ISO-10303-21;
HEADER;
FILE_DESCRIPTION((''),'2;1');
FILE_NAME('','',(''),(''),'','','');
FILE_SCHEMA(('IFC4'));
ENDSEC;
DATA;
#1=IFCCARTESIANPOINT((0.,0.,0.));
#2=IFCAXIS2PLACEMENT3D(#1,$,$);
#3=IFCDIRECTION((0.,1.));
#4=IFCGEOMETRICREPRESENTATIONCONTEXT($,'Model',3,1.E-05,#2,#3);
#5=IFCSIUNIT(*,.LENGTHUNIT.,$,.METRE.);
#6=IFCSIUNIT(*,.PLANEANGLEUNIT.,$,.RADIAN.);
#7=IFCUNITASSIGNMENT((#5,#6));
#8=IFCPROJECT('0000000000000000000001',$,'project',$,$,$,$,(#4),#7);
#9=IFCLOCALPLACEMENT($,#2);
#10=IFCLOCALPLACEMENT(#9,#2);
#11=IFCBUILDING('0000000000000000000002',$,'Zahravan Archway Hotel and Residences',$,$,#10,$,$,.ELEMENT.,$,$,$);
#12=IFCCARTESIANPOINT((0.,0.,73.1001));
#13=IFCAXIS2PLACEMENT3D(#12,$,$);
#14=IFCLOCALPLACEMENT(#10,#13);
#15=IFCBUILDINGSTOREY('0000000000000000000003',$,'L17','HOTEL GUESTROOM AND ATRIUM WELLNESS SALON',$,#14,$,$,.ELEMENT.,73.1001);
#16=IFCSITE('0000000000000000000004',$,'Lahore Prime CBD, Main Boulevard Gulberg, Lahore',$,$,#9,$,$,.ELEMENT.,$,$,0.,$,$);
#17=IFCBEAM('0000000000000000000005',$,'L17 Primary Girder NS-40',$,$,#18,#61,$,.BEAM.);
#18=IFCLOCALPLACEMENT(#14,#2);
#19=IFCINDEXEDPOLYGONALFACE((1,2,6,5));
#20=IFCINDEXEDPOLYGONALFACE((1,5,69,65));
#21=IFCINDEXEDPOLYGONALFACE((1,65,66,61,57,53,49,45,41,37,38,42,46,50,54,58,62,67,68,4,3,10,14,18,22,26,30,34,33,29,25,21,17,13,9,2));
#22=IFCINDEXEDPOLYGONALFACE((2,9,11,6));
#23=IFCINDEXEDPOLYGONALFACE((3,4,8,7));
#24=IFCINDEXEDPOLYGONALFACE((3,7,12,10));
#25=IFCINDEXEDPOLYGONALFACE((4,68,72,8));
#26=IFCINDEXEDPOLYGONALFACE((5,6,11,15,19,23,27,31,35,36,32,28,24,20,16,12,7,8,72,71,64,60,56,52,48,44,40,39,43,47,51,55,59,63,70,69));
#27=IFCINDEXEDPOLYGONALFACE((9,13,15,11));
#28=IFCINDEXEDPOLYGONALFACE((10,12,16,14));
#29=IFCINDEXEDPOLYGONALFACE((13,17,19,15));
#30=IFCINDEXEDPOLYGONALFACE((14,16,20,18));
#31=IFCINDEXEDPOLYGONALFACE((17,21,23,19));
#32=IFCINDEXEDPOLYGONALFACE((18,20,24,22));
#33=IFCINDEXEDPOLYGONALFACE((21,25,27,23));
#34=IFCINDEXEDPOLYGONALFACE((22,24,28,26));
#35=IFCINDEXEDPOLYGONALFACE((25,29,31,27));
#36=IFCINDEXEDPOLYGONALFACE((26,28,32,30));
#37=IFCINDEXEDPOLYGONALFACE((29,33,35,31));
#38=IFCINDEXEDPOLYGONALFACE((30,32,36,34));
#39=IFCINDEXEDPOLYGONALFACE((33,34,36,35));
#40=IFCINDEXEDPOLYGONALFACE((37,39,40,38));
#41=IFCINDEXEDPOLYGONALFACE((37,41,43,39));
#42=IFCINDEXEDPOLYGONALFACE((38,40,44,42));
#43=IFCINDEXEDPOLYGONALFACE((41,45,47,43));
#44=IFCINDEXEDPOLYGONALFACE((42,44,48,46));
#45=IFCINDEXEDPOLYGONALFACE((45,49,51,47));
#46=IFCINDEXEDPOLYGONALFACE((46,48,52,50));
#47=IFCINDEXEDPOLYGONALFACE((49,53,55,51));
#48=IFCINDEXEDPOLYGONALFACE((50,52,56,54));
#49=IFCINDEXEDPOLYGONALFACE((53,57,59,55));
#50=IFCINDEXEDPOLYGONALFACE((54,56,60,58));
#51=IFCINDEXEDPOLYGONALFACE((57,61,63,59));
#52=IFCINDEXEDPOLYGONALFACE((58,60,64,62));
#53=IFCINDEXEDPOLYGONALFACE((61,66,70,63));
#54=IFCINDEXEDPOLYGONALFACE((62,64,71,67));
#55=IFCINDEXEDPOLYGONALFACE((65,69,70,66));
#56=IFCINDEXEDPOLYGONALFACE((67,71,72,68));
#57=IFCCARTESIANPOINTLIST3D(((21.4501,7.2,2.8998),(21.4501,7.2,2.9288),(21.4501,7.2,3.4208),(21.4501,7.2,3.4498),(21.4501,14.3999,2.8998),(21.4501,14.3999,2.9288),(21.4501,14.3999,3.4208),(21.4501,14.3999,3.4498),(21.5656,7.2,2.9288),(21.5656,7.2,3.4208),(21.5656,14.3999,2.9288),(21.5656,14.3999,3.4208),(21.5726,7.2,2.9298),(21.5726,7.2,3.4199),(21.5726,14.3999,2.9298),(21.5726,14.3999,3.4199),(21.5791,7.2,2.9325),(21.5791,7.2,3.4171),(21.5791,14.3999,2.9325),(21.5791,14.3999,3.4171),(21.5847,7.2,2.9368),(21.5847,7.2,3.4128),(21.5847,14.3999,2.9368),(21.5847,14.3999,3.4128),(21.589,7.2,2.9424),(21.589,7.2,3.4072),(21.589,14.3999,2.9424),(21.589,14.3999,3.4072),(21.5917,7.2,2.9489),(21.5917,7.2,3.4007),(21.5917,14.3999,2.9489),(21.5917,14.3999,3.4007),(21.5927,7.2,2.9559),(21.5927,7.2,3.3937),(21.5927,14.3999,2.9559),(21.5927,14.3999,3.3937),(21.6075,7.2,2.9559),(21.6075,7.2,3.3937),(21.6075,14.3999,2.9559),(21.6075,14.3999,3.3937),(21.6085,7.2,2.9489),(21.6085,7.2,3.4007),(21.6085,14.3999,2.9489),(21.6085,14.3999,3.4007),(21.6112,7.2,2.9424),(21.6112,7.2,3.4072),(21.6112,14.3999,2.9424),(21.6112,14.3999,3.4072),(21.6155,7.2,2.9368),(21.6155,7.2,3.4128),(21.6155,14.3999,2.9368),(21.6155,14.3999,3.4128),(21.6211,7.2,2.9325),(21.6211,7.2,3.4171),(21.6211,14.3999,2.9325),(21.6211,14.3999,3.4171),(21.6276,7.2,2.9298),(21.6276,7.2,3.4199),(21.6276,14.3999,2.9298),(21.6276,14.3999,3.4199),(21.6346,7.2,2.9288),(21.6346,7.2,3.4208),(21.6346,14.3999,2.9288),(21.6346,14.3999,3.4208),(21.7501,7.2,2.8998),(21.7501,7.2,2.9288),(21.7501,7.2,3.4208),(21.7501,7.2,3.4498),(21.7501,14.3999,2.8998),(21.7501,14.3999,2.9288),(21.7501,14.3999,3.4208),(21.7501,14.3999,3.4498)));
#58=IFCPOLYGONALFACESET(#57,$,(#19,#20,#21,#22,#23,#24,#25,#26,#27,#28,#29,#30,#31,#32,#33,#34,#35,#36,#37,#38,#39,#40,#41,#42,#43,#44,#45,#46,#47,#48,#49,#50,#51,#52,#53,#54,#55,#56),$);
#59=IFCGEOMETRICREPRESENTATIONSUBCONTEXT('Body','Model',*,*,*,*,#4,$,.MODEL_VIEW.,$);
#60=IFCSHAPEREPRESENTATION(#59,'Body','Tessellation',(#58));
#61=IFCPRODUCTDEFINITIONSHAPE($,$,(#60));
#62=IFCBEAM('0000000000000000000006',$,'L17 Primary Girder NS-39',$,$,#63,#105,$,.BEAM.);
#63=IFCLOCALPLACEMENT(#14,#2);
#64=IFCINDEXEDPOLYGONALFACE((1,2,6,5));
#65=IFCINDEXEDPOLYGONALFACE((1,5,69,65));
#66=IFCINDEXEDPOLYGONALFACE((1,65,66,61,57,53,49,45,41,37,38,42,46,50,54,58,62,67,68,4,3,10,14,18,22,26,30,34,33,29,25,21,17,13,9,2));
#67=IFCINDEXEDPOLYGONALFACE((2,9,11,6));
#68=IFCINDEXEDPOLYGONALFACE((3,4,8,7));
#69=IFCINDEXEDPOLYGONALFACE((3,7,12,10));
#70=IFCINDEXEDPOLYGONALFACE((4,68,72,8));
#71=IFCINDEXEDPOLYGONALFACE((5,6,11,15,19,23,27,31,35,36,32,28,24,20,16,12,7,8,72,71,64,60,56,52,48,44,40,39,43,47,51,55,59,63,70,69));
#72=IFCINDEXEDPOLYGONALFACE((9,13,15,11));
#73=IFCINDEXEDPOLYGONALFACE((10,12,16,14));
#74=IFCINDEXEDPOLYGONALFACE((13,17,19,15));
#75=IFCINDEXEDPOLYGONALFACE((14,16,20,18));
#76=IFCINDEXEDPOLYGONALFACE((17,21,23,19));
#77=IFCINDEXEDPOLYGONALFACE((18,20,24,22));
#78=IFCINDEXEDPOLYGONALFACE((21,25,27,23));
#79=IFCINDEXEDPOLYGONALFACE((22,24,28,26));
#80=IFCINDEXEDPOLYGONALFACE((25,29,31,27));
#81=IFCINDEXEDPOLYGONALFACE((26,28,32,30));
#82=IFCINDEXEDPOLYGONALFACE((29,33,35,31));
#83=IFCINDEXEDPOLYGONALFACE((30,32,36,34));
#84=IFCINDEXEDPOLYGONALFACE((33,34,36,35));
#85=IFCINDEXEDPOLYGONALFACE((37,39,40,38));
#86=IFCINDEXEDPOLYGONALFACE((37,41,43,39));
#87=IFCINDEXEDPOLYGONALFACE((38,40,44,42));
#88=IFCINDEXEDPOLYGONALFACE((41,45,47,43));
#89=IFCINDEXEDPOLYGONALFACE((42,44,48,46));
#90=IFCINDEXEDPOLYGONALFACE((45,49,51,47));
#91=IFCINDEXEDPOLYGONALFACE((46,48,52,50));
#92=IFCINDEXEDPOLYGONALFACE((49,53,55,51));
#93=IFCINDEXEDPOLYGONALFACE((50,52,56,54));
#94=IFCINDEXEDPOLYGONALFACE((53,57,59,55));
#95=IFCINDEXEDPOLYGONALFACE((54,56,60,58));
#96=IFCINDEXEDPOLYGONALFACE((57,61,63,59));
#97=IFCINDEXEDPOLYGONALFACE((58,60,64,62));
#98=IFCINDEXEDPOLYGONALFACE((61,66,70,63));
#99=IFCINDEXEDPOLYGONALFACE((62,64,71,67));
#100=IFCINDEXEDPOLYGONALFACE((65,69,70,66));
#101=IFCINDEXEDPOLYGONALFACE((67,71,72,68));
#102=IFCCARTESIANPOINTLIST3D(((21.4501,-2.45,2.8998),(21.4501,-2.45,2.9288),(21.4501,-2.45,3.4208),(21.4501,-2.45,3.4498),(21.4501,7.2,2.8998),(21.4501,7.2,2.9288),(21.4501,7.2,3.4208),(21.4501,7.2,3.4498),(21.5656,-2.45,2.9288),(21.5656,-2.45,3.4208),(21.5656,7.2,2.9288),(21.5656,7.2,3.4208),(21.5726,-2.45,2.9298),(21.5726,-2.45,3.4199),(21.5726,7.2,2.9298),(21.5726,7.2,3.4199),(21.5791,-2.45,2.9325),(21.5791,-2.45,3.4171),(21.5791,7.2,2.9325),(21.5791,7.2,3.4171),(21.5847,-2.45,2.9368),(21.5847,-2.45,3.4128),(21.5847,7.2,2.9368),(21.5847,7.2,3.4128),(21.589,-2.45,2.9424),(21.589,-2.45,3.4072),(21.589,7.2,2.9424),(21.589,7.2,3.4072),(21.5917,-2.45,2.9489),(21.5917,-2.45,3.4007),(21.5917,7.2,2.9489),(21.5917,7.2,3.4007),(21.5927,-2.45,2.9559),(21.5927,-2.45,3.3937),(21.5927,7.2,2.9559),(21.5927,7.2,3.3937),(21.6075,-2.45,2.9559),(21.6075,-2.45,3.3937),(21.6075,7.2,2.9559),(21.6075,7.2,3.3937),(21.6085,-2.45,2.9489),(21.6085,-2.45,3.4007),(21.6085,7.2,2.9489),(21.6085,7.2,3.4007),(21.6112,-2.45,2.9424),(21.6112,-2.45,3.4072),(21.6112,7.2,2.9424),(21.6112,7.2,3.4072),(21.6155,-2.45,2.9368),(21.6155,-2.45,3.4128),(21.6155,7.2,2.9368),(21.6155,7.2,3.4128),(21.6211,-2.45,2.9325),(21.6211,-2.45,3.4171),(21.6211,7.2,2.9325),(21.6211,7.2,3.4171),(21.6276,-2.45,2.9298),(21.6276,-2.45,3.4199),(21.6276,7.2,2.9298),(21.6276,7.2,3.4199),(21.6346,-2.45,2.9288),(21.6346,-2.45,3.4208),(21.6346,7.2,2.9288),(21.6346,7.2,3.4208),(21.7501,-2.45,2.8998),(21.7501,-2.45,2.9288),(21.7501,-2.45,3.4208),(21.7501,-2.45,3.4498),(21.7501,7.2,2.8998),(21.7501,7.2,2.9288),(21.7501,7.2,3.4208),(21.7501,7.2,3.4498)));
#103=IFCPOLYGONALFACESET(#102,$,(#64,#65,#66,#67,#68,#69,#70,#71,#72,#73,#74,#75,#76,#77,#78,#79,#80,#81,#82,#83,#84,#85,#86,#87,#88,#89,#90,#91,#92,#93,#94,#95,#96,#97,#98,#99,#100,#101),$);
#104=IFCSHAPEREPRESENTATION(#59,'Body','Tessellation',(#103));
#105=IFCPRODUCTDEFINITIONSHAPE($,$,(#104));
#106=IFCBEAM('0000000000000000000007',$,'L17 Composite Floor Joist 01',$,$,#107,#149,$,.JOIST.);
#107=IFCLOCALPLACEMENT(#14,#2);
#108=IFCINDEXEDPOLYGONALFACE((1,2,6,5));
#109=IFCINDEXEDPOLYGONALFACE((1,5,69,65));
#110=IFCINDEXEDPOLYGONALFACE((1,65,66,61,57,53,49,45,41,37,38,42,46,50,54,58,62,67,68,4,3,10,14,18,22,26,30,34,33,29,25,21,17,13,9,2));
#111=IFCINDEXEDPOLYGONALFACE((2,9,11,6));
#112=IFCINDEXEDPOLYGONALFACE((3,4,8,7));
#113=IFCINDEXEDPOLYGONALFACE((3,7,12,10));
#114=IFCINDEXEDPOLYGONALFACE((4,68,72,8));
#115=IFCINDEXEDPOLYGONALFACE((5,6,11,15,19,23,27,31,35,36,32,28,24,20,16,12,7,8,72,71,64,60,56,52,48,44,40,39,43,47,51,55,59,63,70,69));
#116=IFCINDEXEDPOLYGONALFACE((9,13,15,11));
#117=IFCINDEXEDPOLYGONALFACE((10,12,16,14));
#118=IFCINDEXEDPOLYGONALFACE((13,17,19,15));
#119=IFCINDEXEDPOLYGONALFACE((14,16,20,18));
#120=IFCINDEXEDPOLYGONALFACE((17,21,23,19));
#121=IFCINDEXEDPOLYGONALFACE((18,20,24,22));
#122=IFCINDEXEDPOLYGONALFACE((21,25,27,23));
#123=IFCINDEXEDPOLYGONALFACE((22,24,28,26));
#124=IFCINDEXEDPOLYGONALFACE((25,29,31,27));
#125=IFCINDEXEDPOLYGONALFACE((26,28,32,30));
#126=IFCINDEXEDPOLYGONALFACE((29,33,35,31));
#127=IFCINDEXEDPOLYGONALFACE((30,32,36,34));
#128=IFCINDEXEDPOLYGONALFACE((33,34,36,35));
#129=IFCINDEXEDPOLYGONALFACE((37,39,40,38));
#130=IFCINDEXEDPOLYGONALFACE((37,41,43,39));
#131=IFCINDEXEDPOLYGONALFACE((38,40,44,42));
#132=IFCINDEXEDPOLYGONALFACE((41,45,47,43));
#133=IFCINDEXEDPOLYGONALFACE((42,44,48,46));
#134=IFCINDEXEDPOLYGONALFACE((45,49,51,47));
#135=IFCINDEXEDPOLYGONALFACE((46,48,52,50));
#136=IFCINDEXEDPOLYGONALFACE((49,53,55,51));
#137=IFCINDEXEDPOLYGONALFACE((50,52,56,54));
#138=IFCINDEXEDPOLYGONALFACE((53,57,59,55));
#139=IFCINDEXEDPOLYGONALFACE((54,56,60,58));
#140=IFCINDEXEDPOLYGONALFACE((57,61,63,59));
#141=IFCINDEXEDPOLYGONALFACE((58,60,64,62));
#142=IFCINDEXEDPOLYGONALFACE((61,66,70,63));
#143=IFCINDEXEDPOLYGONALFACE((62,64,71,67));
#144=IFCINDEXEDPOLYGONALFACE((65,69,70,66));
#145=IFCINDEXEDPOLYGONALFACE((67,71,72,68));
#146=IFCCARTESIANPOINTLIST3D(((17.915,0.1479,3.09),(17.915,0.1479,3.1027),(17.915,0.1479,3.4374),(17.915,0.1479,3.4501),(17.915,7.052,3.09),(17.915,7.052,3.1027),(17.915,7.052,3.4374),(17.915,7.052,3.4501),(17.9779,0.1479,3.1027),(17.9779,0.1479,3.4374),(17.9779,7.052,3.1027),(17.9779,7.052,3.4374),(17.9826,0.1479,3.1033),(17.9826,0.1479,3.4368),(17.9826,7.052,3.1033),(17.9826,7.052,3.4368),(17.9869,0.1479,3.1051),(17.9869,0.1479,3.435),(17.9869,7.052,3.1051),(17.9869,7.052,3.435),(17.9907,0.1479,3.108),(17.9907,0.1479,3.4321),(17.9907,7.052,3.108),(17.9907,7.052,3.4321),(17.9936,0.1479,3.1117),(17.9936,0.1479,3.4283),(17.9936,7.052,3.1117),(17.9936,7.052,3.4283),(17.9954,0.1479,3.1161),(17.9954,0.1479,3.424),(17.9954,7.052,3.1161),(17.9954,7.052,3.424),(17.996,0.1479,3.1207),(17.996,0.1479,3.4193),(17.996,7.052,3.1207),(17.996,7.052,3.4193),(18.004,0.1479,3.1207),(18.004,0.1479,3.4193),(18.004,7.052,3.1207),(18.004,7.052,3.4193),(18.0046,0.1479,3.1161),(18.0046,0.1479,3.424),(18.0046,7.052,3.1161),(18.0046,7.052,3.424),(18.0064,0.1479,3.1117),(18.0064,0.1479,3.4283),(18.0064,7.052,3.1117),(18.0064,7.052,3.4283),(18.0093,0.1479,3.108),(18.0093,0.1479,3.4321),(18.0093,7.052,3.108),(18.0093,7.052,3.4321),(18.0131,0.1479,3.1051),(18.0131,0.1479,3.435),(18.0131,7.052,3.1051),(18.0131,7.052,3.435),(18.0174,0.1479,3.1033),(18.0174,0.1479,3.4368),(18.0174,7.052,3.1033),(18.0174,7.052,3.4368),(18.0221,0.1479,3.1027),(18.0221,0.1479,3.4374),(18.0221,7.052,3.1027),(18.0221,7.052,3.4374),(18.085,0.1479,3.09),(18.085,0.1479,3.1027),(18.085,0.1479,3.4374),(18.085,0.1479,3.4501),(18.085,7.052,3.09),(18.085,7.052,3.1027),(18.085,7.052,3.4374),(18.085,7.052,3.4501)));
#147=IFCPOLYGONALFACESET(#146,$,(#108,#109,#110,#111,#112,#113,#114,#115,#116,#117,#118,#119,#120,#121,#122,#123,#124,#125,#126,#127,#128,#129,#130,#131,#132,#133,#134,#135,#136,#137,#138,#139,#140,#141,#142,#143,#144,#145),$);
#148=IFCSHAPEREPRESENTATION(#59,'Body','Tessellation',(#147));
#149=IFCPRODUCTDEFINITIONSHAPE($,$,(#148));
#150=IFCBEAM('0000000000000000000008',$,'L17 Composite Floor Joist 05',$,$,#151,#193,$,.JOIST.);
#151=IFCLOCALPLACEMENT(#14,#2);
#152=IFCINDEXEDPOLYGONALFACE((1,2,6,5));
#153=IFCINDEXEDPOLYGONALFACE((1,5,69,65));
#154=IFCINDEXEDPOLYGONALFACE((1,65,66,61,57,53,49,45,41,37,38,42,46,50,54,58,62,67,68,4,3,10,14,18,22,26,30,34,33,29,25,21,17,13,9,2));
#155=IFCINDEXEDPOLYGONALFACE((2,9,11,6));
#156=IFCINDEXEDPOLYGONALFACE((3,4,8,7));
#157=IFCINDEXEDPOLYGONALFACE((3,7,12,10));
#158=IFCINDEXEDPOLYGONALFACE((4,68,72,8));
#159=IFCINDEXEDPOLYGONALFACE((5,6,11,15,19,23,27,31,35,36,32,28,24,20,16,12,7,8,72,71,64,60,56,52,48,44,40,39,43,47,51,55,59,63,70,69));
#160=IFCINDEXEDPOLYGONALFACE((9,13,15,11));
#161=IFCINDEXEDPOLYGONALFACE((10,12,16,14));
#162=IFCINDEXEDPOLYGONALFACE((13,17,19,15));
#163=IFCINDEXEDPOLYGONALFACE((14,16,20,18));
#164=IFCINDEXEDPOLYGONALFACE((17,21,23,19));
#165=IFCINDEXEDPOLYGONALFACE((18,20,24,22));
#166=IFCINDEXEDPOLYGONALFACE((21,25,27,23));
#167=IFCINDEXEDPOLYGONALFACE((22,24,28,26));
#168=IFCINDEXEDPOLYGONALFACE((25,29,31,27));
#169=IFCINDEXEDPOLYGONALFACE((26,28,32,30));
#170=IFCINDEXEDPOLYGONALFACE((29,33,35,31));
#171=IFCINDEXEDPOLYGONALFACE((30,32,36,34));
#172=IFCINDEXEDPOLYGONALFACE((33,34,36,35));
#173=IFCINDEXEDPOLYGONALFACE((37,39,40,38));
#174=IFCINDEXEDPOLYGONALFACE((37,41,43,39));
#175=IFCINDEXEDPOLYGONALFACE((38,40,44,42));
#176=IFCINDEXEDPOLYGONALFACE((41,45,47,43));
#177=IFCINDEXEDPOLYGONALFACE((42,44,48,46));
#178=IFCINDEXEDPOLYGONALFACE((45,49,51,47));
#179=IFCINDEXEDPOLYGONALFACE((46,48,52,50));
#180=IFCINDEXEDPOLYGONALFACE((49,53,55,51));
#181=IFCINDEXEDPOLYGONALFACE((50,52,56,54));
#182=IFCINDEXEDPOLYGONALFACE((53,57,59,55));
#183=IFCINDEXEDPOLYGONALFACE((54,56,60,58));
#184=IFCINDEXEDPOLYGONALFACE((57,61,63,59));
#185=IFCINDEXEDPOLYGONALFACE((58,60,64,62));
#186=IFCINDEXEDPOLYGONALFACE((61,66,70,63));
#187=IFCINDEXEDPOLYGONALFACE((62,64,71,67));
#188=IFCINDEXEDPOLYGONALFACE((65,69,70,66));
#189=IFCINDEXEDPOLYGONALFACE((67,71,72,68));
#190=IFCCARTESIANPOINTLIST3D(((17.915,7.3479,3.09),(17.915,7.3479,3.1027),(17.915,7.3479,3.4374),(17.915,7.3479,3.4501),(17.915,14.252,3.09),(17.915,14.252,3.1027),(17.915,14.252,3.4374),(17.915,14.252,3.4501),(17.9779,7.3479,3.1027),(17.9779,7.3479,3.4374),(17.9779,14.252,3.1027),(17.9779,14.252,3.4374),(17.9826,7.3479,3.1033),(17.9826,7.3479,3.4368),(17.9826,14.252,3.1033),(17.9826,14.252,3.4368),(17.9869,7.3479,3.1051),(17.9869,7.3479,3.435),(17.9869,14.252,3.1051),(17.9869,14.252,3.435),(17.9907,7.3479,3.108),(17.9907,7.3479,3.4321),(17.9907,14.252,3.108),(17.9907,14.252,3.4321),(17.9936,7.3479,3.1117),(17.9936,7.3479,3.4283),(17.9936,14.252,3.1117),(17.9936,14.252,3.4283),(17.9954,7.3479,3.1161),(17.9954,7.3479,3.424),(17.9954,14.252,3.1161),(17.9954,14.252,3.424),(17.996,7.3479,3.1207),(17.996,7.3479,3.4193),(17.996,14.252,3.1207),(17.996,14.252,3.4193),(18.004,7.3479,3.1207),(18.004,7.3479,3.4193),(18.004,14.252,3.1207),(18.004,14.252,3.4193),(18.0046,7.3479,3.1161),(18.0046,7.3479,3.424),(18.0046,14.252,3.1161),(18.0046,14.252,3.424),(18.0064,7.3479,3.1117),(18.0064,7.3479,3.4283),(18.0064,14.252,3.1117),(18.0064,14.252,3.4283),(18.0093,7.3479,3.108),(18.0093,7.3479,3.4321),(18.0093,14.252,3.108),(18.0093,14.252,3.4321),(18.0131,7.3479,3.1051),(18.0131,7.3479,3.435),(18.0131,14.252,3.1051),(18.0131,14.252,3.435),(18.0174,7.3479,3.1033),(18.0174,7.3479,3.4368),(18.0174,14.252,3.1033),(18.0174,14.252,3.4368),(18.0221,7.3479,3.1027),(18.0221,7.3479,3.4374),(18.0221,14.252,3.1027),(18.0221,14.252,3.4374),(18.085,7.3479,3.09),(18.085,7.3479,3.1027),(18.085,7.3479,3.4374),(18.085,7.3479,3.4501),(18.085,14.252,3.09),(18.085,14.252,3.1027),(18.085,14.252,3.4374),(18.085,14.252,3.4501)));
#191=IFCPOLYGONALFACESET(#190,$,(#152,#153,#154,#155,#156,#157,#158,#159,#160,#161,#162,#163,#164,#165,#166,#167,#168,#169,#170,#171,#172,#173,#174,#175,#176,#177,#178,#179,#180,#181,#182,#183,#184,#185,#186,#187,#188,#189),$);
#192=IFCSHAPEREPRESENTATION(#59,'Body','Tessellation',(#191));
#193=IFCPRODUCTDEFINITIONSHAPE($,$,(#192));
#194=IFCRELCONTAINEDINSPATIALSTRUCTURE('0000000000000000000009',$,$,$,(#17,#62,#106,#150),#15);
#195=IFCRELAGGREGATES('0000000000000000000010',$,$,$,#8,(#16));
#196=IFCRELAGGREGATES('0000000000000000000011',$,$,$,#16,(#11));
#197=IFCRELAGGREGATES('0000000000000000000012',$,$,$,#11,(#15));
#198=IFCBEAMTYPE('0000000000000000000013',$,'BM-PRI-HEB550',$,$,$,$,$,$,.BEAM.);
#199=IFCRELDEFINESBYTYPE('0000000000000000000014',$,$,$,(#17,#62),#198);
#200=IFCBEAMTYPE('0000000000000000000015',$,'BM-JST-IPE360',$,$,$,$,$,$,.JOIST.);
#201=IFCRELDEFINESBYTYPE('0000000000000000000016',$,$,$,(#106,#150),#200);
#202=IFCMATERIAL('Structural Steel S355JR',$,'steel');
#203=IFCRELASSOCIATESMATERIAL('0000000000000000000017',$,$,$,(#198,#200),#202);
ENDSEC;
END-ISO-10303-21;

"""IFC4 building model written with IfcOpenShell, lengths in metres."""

from ifc_helpers import new_model, si_unit, direction, frame, origin, origin_2d, place, context, subcontext, project, spatial, i_section, extrude, source, transform, mapped, material, material_profile, profile_set, type_object, type_shapes, element, save


model = new_model("IFC4")

# Units and contexts
model_context = context("Model", 3, precision=1e-05, world=origin(), true_north=direction((0.0, 1.0)))
body_context = subcontext(model_context, "Body", "Model", "MODEL_VIEW")
ifc_project = project(units=[si_unit("LENGTHUNIT", "METRE"), si_unit("PLANEANGLEUNIT", "RADIAN")], contexts=[model_context])

# Site, building, storey
site_placement = place(None, origin())
site = spatial("IfcSite", under=ifc_project, at=site_placement, Name="Lahore Prime CBD, Main Boulevard Gulberg, Lahore", CompositionType="ELEMENT", RefElevation=0.0)
building_placement = place(site_placement, origin())
building = spatial("IfcBuilding", under=site, at=building_placement, Name="Zahravan Archway Hotel and Residences", CompositionType="ELEMENT")
storey_placement = place(building_placement, frame((0.0, 0.0, 73.1001)))
storey = spatial("IfcBuildingStorey", under=building, at=storey_placement, Name="L17", Description="HOTEL GUESTROOM AND ATRIUM WELLNESS SALON", CompositionType="ELEMENT", Elevation=73.1001)

# Beams
ifc_material_1 = material(Name="Structural Steel S355JR", Category="steel")
ifc_material_profile_1 = material_profile(ifc_material_1, i_section(OverallWidth=0.3, OverallDepth=0.55, WebThickness=0.0149, FlangeThickness=0.0291, FilletRadius=0.0271, at=origin_2d()), Name="HEB 550", Category="steel")
ifc_profile_set_1 = profile_set([ifc_material_profile_1], Name="Structural Steel S355JR")
beam_type_1 = type_object("IfcBeamType", Name="BM-PRI-HEB550", PredefinedType="BEAM", material=ifc_profile_set_1)
shared_shape_1 = source(origin(), body_context, "Body", "SweptSolid", [
    extrude(i_section(OverallWidth=0.3, OverallDepth=0.55, WebThickness=0.0149, FlangeThickness=0.0291, FilletRadius=0.0271, at=origin_2d()), origin(), (0.0, 0.0, 1.0), 7.2),
])
for number, where, z_axis, x_axis, name in (
    (1, (21.6001, 7.2, 3.1748), (0.0, 1.0, 0.0), (-1.0, 0.0, 0.0), "L17 Primary Girder NS-40"),
):
    element("IfcBeam", number, at=place(storey_placement, frame(where, z_axis=z_axis, x_axis=x_axis)), inside=storey, type_object=beam_type_1, Name=name, PredefinedType="BEAM", context=body_context, shape_type="MappedRepresentation", body=[
        mapped(shared_shape_1, transform((0.0, 0.0, 0.0), scale=1.0)),
    ])
shared_shape_2 = source(origin(), body_context, "Body", "SweptSolid", [
    extrude(i_section(OverallWidth=0.3, OverallDepth=0.55, WebThickness=0.0149, FlangeThickness=0.0291, FilletRadius=0.0271, at=origin_2d()), origin(), (0.0, 0.0, 1.0), 9.6499),
])
beam_1_placement = place(storey_placement, frame((21.6001, -2.45, 3.1748), z_axis=(0.0, 1.0, 0.0), x_axis=(-1.0, 0.0, 0.0)))
element("IfcBeam", 2, at=beam_1_placement, inside=storey, type_object=beam_type_1, Name="L17 Primary Girder NS-39", PredefinedType="BEAM", context=body_context, shape_type="MappedRepresentation", body=[
    mapped(shared_shape_2, transform((0.0, 0.0, 0.0), scale=1.0)),
])
ifc_material_profile_2 = material_profile(ifc_material_1, i_section(OverallWidth=0.1699, OverallDepth=0.3601, WebThickness=0.0081, FlangeThickness=0.0127, FilletRadius=0.0181, at=origin_2d()), Name="IPE 360", Category="steel")
ifc_profile_set_2 = profile_set([ifc_material_profile_2], Name="Structural Steel S355JR")
beam_type_2 = type_object("IfcBeamType", Name="BM-JST-IPE360", PredefinedType="JOIST", material=ifc_profile_set_2)
shared_shape_3 = source(origin(), body_context, "Body", "SweptSolid", [
    extrude(i_section(OverallWidth=0.1699, OverallDepth=0.3601, WebThickness=0.0081, FlangeThickness=0.0127, FilletRadius=0.0181, at=origin_2d()), origin(), (0.0, 0.0, 1.0), 6.9041),
])
type_shapes(beam_type_2, [shared_shape_3])
for number, where, z_axis, x_axis, name in (
    (3, (18.0, 0.1479, 3.27), (0.0, 1.0, 0.0), (-1.0, 0.0, 0.0), "L17 Composite Floor Joist 01"),
    (4, (18.0, 7.3479, 3.27), (0.0, 1.0, 0.0), (-1.0, 0.0, 0.0), "L17 Composite Floor Joist 05"),
):
    element("IfcBeam", number, at=place(storey_placement, frame(where, z_axis=z_axis, x_axis=x_axis)), inside=storey, type_object=beam_type_2, Name=name, PredefinedType="JOIST", context=body_context, shape_type="MappedRepresentation", body=[
        mapped(shared_shape_3, transform((0.0, 0.0, 0.0), scale=1.0)),
    ])

save(model, "model.ifc")
